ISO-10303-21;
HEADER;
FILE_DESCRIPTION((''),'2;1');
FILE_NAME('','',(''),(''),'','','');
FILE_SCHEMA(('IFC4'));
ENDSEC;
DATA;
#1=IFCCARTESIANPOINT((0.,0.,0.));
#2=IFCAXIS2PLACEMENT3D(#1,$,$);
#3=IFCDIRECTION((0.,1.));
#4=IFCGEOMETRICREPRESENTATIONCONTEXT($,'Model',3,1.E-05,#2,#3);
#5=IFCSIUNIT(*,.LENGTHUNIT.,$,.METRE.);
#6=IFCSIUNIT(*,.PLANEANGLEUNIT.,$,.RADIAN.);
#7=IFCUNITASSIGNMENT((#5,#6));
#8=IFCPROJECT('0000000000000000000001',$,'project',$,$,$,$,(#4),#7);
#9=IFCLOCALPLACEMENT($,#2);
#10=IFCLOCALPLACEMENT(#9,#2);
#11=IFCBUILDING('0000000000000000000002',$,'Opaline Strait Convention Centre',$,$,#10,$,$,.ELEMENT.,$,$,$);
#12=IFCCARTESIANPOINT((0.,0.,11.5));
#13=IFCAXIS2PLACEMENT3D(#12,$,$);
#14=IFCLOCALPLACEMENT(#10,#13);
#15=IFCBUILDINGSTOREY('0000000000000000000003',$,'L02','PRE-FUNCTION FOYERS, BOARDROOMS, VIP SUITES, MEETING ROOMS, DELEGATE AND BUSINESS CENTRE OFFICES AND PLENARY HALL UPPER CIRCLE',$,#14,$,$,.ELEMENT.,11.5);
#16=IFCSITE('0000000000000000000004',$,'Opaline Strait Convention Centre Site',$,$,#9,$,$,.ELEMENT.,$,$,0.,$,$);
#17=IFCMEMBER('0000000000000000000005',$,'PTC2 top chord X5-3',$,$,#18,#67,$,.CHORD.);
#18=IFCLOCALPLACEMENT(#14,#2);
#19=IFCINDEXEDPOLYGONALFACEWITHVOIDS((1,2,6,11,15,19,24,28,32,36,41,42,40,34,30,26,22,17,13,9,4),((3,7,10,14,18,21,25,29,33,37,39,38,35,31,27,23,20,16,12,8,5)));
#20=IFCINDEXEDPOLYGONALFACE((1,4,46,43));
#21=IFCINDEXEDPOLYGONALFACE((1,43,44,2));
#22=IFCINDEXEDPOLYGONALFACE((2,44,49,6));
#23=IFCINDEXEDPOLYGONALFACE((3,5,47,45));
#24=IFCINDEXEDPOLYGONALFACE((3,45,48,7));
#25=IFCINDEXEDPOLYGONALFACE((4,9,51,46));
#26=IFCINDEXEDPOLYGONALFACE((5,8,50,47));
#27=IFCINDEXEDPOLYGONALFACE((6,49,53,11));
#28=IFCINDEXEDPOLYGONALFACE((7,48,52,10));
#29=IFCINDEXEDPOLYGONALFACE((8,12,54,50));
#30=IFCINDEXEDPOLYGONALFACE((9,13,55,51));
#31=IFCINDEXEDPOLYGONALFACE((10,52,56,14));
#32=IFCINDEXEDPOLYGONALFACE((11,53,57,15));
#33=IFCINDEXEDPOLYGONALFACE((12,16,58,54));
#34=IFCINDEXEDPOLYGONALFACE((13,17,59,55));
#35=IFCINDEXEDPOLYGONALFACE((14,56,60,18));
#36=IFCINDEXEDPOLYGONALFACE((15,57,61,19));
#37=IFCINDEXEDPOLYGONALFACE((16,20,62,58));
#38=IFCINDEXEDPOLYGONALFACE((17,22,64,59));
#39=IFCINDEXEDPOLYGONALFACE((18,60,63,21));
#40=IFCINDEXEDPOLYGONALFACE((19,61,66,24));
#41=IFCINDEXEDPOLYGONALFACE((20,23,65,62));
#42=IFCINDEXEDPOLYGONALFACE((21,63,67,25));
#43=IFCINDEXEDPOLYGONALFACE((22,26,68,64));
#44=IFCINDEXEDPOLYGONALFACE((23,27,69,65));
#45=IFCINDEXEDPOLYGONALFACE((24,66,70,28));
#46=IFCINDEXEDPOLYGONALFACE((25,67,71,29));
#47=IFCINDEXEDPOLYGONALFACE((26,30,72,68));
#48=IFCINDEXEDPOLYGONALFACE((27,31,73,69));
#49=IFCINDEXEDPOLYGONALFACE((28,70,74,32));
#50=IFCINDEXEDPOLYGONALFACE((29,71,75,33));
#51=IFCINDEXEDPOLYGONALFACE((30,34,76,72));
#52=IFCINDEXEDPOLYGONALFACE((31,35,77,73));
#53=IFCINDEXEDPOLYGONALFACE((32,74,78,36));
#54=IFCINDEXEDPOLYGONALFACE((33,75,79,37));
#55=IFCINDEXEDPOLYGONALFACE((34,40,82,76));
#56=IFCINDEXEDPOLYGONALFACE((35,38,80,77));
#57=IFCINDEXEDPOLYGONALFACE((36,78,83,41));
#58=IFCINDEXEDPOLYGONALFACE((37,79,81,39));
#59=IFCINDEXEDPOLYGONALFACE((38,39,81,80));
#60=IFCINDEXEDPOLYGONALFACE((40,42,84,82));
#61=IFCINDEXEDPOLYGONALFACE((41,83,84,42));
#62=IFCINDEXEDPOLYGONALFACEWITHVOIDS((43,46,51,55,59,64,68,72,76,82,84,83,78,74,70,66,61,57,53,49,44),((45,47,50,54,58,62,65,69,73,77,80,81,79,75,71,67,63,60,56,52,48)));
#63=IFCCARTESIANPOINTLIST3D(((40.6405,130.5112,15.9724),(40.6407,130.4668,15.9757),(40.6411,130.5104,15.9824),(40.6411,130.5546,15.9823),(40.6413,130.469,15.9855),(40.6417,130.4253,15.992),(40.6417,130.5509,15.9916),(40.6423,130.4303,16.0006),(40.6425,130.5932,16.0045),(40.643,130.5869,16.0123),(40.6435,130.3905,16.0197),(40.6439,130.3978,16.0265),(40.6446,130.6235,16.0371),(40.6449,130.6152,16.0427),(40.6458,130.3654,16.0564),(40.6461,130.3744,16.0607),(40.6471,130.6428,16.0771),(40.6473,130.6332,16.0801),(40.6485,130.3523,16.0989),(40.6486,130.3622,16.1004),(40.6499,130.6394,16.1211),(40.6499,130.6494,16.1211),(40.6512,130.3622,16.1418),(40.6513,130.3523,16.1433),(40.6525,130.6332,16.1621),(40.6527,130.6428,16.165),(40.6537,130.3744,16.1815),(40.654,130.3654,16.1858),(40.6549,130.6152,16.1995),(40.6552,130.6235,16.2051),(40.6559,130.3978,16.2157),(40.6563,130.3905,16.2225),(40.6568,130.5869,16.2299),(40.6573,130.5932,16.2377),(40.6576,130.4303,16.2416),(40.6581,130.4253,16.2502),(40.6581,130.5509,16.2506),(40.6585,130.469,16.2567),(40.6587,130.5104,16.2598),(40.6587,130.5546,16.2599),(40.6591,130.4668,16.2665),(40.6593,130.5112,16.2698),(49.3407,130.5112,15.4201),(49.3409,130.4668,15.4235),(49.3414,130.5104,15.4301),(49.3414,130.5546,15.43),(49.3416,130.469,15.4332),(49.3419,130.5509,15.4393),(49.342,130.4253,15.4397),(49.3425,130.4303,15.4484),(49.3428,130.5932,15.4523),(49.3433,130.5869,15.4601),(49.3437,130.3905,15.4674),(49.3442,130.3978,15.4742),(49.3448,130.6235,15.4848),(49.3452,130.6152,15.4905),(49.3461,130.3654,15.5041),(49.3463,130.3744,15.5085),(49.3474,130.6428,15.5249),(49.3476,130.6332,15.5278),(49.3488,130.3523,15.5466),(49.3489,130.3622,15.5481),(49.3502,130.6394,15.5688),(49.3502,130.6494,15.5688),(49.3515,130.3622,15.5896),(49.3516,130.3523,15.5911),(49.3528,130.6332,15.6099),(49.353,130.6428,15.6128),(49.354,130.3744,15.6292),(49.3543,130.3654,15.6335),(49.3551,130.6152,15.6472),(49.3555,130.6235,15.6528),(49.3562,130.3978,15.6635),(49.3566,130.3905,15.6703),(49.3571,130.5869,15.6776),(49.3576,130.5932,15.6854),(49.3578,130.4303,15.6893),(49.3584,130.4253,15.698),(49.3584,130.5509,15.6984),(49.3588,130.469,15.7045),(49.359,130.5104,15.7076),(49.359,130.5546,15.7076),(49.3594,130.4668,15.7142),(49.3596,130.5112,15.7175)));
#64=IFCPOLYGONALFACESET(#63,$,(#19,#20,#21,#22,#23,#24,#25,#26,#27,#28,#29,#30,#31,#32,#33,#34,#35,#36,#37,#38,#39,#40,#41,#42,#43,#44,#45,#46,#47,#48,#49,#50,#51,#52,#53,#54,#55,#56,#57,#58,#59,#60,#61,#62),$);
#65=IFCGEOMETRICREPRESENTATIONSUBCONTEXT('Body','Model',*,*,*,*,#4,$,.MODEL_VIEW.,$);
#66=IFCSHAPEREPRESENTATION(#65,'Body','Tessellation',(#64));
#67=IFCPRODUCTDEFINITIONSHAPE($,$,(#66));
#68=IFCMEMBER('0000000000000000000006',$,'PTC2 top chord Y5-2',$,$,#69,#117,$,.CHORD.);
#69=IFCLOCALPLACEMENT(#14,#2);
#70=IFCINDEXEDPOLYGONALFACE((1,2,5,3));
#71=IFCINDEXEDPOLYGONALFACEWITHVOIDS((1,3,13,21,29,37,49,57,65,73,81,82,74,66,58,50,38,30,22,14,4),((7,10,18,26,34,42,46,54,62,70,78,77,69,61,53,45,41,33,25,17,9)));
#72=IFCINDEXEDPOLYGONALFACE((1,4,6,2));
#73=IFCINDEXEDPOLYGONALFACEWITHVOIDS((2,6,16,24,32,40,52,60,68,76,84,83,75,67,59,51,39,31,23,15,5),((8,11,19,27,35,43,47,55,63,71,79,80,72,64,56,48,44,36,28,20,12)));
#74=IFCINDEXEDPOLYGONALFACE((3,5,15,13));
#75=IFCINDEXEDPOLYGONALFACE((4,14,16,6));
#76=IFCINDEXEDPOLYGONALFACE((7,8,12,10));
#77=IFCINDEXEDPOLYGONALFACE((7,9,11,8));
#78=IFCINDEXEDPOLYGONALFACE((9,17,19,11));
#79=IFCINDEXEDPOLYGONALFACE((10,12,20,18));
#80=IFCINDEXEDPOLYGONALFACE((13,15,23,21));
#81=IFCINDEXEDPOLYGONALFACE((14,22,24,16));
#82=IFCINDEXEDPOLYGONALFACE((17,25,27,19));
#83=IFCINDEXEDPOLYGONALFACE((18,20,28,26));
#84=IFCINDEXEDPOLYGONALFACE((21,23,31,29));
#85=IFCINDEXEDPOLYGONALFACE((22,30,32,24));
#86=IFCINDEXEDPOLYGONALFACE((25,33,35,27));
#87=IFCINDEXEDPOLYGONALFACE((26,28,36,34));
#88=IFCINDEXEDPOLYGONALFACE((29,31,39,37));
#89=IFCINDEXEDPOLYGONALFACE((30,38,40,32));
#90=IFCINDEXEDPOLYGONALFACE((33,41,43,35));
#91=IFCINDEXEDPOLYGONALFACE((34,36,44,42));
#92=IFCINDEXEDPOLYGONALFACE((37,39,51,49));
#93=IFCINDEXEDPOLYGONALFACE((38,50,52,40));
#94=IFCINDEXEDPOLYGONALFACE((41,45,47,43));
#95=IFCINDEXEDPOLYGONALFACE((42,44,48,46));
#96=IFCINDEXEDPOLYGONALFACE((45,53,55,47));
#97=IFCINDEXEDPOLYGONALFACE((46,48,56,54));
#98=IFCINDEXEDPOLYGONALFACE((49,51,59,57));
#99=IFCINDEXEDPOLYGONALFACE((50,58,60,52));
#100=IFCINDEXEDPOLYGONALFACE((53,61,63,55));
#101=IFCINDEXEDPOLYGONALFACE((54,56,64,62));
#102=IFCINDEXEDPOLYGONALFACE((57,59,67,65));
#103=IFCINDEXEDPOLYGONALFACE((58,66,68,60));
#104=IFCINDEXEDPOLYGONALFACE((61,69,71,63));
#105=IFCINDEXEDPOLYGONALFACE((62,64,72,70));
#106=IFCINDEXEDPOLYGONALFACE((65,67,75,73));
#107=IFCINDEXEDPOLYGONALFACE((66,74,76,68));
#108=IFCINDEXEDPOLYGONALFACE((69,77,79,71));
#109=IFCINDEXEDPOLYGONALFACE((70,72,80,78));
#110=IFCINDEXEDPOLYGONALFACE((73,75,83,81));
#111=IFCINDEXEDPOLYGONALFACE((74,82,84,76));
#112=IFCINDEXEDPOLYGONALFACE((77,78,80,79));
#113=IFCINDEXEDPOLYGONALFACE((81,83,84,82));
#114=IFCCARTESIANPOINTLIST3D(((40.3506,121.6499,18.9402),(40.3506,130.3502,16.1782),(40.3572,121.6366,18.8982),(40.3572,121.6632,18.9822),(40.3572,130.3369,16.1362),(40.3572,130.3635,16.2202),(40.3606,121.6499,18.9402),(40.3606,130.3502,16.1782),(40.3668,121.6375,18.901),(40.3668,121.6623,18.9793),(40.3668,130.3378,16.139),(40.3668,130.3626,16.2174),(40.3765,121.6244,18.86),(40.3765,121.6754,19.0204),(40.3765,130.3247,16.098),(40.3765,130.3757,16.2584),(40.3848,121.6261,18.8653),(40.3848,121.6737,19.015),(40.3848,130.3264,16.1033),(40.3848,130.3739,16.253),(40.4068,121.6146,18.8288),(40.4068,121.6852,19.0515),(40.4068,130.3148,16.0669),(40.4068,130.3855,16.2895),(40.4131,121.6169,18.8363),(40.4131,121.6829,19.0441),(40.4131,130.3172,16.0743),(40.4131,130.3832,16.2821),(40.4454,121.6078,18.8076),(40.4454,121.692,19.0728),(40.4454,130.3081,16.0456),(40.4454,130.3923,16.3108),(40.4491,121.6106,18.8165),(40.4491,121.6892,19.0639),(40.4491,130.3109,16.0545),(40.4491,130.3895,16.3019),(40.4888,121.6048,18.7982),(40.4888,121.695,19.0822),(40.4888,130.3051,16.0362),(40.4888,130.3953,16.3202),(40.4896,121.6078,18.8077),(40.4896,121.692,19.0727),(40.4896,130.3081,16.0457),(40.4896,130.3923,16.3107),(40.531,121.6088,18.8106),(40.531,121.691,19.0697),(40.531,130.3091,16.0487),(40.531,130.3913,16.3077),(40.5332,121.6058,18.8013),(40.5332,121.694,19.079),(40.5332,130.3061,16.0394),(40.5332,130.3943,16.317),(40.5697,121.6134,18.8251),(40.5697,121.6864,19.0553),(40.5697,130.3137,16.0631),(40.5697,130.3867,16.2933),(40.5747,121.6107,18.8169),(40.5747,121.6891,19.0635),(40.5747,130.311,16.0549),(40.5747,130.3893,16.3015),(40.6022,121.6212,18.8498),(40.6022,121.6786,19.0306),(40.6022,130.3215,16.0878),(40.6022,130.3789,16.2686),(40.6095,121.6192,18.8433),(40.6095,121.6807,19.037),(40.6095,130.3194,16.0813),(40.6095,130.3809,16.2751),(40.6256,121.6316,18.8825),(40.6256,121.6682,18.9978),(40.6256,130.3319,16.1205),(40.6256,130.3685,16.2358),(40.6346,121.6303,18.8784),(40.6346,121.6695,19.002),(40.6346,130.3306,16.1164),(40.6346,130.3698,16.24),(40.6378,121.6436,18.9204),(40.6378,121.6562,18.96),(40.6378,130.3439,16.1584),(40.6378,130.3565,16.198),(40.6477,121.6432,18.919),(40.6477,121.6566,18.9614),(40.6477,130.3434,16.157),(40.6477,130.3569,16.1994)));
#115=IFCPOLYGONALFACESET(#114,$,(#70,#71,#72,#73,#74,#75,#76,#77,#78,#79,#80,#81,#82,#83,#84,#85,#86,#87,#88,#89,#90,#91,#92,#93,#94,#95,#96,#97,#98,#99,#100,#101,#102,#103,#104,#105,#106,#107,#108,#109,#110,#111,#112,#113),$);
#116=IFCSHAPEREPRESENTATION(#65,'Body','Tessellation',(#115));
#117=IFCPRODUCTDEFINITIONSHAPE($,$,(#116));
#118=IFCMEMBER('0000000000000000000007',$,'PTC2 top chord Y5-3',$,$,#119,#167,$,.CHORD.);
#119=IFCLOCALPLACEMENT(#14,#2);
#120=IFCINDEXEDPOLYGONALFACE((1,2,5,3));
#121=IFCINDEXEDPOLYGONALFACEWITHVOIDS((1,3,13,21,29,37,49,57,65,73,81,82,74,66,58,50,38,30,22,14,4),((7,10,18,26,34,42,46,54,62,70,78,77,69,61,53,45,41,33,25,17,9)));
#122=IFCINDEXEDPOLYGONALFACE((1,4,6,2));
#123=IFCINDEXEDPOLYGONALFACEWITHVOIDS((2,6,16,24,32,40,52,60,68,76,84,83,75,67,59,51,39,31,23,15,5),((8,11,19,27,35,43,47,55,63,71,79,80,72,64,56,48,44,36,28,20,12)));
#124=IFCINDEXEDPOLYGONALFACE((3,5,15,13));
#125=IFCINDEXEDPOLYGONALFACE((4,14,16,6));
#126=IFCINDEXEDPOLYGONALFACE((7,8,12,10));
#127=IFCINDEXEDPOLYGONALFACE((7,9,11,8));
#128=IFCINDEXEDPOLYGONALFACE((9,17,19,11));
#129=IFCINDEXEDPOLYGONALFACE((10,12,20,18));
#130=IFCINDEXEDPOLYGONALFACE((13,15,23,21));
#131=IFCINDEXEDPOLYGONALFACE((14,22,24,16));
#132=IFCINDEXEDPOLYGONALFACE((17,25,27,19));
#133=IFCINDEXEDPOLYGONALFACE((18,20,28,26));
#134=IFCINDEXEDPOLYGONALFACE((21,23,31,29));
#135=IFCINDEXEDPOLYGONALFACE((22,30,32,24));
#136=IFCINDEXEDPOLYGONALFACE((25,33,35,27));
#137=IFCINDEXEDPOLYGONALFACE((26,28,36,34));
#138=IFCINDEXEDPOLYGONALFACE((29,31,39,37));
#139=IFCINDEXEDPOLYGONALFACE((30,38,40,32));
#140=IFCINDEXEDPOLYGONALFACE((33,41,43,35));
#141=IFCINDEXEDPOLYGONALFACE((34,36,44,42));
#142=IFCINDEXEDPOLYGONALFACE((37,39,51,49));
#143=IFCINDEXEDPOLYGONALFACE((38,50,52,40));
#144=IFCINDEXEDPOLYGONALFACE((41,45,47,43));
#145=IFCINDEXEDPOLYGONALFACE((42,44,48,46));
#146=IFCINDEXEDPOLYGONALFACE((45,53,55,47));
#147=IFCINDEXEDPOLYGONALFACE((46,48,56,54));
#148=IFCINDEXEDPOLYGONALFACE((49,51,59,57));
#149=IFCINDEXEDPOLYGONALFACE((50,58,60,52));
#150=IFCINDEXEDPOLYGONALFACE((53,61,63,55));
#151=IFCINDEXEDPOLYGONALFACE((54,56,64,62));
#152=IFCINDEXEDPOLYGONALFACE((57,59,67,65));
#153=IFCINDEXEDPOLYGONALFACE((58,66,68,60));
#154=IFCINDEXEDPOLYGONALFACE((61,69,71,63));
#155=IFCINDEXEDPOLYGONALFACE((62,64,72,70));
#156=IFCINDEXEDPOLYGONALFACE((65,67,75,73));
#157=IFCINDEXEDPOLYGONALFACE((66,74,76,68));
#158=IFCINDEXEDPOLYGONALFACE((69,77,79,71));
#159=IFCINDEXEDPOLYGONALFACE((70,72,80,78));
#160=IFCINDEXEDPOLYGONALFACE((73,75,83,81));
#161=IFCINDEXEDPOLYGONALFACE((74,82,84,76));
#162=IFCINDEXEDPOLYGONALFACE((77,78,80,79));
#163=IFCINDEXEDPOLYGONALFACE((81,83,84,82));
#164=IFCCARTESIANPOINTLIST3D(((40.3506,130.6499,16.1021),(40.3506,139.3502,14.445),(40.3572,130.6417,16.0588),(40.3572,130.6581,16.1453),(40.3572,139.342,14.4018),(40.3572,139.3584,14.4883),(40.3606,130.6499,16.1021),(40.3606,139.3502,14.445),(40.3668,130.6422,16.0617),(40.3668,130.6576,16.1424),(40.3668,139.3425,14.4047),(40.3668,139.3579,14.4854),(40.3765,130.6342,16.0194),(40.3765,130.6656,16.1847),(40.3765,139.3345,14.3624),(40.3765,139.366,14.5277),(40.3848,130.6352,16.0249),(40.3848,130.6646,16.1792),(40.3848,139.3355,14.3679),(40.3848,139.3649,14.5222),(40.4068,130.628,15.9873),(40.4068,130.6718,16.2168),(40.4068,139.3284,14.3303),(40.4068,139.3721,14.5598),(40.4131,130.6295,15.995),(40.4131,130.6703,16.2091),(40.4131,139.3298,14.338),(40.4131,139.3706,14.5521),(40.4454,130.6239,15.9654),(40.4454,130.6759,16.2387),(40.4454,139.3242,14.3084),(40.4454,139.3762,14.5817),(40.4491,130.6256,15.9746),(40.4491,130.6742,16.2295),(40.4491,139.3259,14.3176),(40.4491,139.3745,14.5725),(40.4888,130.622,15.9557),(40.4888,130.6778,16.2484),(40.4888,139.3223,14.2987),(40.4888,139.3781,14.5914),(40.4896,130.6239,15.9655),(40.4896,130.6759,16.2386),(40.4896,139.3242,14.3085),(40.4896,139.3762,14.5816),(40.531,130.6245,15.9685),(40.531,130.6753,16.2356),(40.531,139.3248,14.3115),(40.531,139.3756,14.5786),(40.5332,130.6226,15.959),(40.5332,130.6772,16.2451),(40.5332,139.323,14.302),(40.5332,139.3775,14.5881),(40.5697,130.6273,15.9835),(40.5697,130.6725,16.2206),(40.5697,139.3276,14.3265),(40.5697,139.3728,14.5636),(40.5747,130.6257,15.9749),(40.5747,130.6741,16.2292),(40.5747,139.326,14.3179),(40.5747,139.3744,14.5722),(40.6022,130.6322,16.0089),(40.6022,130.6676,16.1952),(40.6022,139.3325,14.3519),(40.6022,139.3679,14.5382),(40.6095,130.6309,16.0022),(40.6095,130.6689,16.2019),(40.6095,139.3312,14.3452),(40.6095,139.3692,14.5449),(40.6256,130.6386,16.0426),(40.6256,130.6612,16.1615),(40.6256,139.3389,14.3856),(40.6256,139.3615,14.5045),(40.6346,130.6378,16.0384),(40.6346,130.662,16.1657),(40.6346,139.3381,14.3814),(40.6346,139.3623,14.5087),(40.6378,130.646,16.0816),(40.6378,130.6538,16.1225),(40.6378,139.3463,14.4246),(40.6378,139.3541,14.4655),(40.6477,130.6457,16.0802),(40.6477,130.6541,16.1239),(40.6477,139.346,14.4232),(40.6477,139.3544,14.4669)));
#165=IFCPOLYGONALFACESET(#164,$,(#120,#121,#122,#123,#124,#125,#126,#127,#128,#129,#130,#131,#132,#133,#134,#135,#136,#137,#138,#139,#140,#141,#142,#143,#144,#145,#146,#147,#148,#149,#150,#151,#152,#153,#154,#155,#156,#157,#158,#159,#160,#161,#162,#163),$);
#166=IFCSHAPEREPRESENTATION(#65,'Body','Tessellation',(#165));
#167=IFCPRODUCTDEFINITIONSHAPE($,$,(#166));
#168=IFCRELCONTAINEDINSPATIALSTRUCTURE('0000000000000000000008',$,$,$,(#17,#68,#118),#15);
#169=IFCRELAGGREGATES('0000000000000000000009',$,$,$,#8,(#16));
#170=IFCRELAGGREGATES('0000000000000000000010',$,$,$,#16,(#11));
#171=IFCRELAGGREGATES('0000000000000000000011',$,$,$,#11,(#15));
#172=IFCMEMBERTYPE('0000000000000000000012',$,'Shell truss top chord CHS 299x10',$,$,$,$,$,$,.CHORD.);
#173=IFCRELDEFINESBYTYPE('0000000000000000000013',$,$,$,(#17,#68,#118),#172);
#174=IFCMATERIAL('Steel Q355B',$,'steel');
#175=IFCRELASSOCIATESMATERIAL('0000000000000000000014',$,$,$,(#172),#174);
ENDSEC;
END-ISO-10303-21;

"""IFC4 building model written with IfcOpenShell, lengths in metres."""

from ifc_helpers import new_model, si_unit, direction, frame, origin, origin_2d, place, context, subcontext, project, spatial, hollow_circle, extrude, material, material_profile, profile_set, type_object, element, save


model = new_model("IFC4")

# Units and contexts
model_context = context("Model", 3, precision=1e-05, world=origin(), true_north=direction((0.0, 1.0)))
body_context = subcontext(model_context, "Body", "Model", "MODEL_VIEW")
ifc_project = project(units=[si_unit("LENGTHUNIT", "METRE"), si_unit("PLANEANGLEUNIT", "RADIAN")], contexts=[model_context])

# Site, building, storey
site_placement = place(None, origin())
site = spatial("IfcSite", under=ifc_project, at=site_placement, Name="Opaline Strait Convention Centre Site", CompositionType="ELEMENT", RefElevation=0.0)
building_placement = place(site_placement, origin())
building = spatial("IfcBuilding", under=site, at=building_placement, Name="Opaline Strait Convention Centre", CompositionType="ELEMENT")
storey_placement = place(building_placement, frame((0.0, 0.0, 11.5)))
storey = spatial("IfcBuildingStorey", under=building, at=storey_placement, Name="L02", Description="PRE-FUNCTION FOYERS, BOARDROOMS, VIP SUITES, MEETING ROOMS, DELEGATE AND BUSINESS CENTRE OFFICES AND PLENARY HALL UPPER CIRCLE", CompositionType="ELEMENT", Elevation=11.5)

# Members
ifc_material_1 = material(Name="Steel Q355B", Category="steel")
ifc_material_profile_1 = material_profile(ifc_material_1, hollow_circle(Radius=0.1494, WallThickness=0.01, at=origin_2d()), Name="CHS 299x10")
ifc_profile_set_1 = profile_set([ifc_material_profile_1], Name="Steel Q355B")
member_type_1 = type_object("IfcMemberType", Name="Shell truss top chord CHS 299x10", PredefinedType="CHORD", material=ifc_profile_set_1)
for number, where, z_axis, x_axis, name in (
    (1, (40.6499, 130.5, 16.1211), (0.997992, 0.0, -0.063348), (0.0, 1.0, 0.0), "PTC2 top chord X5-3"),
):
    element("IfcMember", number, at=place(storey_placement, frame(where, z_axis=z_axis, x_axis=x_axis)), inside=storey, type_object=member_type_1, Name=name, PredefinedType="CHORD", context=body_context, shape_type="SweptSolid", body=[
        extrude(hollow_circle(Radius=0.1494, WallThickness=0.01, at=origin_2d()), origin(), (0.0, 0.0, 1.0), 8.7178),
    ])
member_1_placement = place(storey_placement, frame((40.5, 121.6499, 18.9402), z_axis=(0.0, 0.953124, -0.302579), x_axis=(-1.0, 0.0, 0.0)))
element("IfcMember", 2, at=member_1_placement, inside=storey, type_object=member_type_1, Name="PTC2 top chord Y5-2", PredefinedType="CHORD", context=body_context, shape_type="SweptSolid", body=[
    extrude(hollow_circle(Radius=0.1494, WallThickness=0.01, at=origin_2d()), origin(), (0.0, 0.0, 1.0), 9.1282),
])
member_2_placement = place(storey_placement, frame((40.5, 130.6499, 16.1021), z_axis=(0.0, 0.982343, -0.187091), x_axis=(-1.0, 0.0, 0.0)))
element("IfcMember", 3, at=member_2_placement, inside=storey, type_object=member_type_1, Name="PTC2 top chord Y5-3", PredefinedType="CHORD", context=body_context, shape_type="SweptSolid", body=[
    extrude(hollow_circle(Radius=0.1494, WallThickness=0.01, at=origin_2d()), origin(), (0.0, 0.0, 1.0), 8.8567),
])

save(model, "model.ifc")
